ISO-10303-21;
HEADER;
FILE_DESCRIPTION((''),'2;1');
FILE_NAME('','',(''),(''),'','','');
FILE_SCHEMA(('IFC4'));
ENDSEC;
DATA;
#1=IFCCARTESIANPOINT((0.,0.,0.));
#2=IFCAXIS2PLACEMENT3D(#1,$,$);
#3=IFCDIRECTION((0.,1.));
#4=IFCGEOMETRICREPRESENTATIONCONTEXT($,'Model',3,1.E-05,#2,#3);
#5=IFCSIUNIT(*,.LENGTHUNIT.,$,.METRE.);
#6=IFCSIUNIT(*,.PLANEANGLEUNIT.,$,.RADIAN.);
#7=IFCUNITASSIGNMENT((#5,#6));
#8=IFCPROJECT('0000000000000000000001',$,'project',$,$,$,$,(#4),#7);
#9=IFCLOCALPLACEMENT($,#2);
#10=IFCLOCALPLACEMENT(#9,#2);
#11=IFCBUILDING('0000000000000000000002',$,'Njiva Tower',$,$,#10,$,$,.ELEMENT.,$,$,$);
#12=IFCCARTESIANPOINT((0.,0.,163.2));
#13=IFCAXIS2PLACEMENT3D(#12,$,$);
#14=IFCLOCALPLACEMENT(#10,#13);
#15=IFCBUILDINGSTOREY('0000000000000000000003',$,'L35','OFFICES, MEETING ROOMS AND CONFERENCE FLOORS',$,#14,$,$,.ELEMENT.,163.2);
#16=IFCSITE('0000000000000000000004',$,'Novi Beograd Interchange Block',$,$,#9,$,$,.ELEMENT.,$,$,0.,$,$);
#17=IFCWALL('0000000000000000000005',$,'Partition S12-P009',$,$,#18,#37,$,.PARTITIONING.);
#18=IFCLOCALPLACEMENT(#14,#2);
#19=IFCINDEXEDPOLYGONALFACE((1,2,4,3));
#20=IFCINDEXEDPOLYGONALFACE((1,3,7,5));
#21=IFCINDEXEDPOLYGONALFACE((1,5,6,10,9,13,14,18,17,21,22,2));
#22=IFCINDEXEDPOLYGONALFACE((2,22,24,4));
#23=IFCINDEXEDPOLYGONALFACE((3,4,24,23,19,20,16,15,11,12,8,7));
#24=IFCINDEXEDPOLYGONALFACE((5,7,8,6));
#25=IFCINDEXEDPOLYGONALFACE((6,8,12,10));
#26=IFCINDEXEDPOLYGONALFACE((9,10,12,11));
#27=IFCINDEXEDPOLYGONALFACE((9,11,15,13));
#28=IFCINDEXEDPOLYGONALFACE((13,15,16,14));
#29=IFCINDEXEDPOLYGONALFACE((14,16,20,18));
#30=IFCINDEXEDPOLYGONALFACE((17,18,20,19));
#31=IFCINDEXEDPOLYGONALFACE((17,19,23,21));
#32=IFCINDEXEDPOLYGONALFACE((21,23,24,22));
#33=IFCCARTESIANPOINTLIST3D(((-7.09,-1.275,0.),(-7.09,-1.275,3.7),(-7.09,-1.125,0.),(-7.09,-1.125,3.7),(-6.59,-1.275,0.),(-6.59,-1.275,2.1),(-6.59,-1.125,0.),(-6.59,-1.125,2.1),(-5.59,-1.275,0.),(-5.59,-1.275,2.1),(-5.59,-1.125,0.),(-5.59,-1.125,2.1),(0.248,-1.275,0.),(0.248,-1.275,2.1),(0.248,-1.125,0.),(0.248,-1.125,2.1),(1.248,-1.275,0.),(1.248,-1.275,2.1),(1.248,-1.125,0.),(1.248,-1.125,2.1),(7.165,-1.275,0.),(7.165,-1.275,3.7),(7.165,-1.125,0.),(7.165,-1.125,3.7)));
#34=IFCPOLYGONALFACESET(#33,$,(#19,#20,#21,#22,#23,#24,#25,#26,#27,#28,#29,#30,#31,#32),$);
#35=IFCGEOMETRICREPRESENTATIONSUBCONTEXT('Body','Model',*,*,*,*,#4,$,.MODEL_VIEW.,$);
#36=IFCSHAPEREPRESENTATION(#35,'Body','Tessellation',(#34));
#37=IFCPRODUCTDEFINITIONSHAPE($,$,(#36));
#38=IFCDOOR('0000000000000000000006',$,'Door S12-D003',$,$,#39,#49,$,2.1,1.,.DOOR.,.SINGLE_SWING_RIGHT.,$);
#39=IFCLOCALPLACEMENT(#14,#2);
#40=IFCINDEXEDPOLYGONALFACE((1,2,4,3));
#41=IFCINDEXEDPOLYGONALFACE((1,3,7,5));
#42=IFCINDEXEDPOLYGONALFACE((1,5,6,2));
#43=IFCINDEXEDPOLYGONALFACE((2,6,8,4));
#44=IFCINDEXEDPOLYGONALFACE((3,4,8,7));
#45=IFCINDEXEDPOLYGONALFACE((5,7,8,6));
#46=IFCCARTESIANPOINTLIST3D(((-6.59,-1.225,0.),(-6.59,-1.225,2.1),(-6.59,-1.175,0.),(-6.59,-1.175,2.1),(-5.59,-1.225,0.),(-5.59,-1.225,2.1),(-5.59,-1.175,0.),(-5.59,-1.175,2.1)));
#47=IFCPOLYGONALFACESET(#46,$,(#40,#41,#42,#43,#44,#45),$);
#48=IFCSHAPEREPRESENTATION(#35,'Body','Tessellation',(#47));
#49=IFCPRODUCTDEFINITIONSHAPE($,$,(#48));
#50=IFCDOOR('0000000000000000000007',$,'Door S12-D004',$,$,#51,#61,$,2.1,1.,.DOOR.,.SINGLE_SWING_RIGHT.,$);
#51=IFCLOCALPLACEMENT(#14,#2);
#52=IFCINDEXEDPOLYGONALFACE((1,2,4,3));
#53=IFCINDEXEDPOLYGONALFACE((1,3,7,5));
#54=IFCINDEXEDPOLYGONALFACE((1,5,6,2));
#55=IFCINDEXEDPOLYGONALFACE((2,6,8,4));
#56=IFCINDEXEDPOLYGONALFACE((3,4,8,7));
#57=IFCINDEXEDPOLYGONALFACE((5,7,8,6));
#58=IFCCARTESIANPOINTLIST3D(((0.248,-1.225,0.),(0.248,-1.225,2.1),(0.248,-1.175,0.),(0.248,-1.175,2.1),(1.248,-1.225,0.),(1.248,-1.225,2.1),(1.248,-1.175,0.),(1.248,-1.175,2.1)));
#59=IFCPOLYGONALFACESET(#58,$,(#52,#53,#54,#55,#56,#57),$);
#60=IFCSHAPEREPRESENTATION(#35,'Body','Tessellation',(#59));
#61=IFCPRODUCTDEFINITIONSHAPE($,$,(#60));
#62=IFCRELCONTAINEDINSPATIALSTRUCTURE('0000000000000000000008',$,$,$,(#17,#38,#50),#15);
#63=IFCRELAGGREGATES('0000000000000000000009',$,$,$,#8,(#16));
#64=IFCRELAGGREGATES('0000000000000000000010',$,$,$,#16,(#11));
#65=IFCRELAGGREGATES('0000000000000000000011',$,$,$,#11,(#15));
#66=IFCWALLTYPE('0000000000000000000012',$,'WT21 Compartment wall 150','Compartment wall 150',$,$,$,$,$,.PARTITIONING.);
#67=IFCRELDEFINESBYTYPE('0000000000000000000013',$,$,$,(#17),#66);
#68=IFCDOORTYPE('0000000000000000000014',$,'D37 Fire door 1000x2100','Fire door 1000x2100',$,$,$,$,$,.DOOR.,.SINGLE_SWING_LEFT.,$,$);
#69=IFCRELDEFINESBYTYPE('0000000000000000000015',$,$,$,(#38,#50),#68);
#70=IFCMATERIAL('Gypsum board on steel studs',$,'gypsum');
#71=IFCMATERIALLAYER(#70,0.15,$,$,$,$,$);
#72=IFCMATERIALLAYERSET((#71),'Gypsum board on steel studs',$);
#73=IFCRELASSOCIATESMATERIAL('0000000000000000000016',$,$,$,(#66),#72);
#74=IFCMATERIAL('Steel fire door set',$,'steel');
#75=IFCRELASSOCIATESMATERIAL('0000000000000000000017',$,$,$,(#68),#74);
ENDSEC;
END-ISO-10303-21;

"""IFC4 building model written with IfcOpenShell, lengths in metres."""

from ifc_helpers import new_model, si_unit, direction, frame, frame_2d, origin, place, context, subcontext, project, spatial, rectangle, extrude, material, layer, layer_set, type_object, element, fill, save


model = new_model("IFC4")

# Units and contexts
model_context = context("Model", 3, precision=1e-05, world=origin(), true_north=direction((0.0, 1.0)))
body_context = subcontext(model_context, "Body", "Model", "MODEL_VIEW")
ifc_project = project(units=[si_unit("LENGTHUNIT", "METRE"), si_unit("PLANEANGLEUNIT", "RADIAN")], contexts=[model_context])

# Site, building, storey
site_placement = place(None, origin())
site = spatial("IfcSite", under=ifc_project, at=site_placement, Name="Novi Beograd Interchange Block", CompositionType="ELEMENT", RefElevation=0.0)
building_placement = place(site_placement, origin())
building = spatial("IfcBuilding", under=site, at=building_placement, Name="Njiva Tower", CompositionType="ELEMENT")
storey_placement = place(building_placement, frame((0.0, 0.0, 163.2)))
storey = spatial("IfcBuildingStorey", under=building, at=storey_placement, Name="L35", Description="OFFICES, MEETING ROOMS AND CONFERENCE FLOORS", CompositionType="ELEMENT", Elevation=163.2)

# Shared definitions
ifc_material_1 = material(Name="Gypsum board on steel studs", Category="gypsum")
ifc_layer = layer(ifc_material_1, 0.15)
ifc_layer_set = layer_set([ifc_layer], Name="Gypsum board on steel studs")
wall_type = type_object("IfcWallType", Name="WT21 Compartment wall 150", Description="Compartment wall 150", PredefinedType="PARTITIONING", material=ifc_layer_set)

# Shared definitions
ifc_material_2 = material(Name="Steel fire door set", Category="steel")
door_type = type_object("IfcDoorType", Name="D37 Fire door 1000x2100", Description="Fire door 1000x2100", OperationType="SINGLE_SWING_LEFT", PredefinedType="DOOR", material=ifc_material_2)

# Wall, openings, doors
wall_1_placement = place(storey_placement, frame((-7.09, -1.2, 0.0), z_axis=(0.0, 0.0, 1.0), x_axis=(1.0, 0.0, 0.0)))
wall_1 = element("IfcWall", 1, at=wall_1_placement, inside=storey, type_object=wall_type, Name="Partition S12-P009", PredefinedType="PARTITIONING", context=body_context, shape_type="SweptSolid", body=[
    extrude(rectangle(XDim=14.255, YDim=0.15, at=frame_2d((7.1275, 0.0))), origin(), (0.0, 0.0, 1.0), 3.7),
])
opening_1_placement = place(wall_1_placement, frame((0.5, 0.0, 0.0)))
opening_1 = element("IfcOpeningElement", 2, at=opening_1_placement, cuts=wall_1, PredefinedType="OPENING", context=body_context, shape_type="SweptSolid", body=[
    extrude(rectangle(XDim=1.0, YDim=2.1, at=frame_2d((0.5, 1.05))), frame((0.0, 0.085, 0.0), z_axis=(0.0, -1.0, 0.0), x_axis=(1.0, 0.0, 0.0)), (0.0, 0.0, 1.0), 0.17),
])
opening_2_placement = place(wall_1_placement, frame((7.338, 0.0, 0.0)))
opening_2 = element("IfcOpeningElement", 3, at=opening_2_placement, cuts=wall_1, PredefinedType="OPENING", context=body_context, shape_type="SweptSolid", body=[
    extrude(rectangle(XDim=1.0, YDim=2.1, at=frame_2d((0.5, 1.05))), frame((0.0, 0.085, 0.0), z_axis=(0.0, -1.0, 0.0), x_axis=(1.0, 0.0, 0.0)), (0.0, 0.0, 1.0), 0.17),
])
door_1_placement = place(opening_1_placement, origin())
door_1 = element("IfcDoor", 4, at=door_1_placement, inside=storey, type_object=door_type, Name="Door S12-D003", OperationType="SINGLE_SWING_RIGHT", OverallHeight=2.1, OverallWidth=1.0, PredefinedType="DOOR", context=body_context, shape_type="SweptSolid", body=[
    extrude(rectangle(XDim=1.0, YDim=2.1, at=frame_2d((0.5, 1.05))), frame((0.0, 0.025, 0.0), z_axis=(0.0, -1.0, 0.0), x_axis=(1.0, 0.0, 0.0)), (0.0, 0.0, 1.0), 0.05),
])
fill(opening_1, door_1)
door_2_placement = place(opening_2_placement, origin())
door_2 = element("IfcDoor", 5, at=door_2_placement, inside=storey, type_object=door_type, Name="Door S12-D004", OperationType="SINGLE_SWING_RIGHT", OverallHeight=2.1, OverallWidth=1.0, PredefinedType="DOOR", context=body_context, shape_type="SweptSolid", body=[
    extrude(rectangle(XDim=1.0, YDim=2.1, at=frame_2d((0.5, 1.05))), frame((0.0, 0.025, 0.0), z_axis=(0.0, -1.0, 0.0), x_axis=(1.0, 0.0, 0.0)), (0.0, 0.0, 1.0), 0.05),
])
fill(opening_2, door_2)

save(model, "model.ifc")
